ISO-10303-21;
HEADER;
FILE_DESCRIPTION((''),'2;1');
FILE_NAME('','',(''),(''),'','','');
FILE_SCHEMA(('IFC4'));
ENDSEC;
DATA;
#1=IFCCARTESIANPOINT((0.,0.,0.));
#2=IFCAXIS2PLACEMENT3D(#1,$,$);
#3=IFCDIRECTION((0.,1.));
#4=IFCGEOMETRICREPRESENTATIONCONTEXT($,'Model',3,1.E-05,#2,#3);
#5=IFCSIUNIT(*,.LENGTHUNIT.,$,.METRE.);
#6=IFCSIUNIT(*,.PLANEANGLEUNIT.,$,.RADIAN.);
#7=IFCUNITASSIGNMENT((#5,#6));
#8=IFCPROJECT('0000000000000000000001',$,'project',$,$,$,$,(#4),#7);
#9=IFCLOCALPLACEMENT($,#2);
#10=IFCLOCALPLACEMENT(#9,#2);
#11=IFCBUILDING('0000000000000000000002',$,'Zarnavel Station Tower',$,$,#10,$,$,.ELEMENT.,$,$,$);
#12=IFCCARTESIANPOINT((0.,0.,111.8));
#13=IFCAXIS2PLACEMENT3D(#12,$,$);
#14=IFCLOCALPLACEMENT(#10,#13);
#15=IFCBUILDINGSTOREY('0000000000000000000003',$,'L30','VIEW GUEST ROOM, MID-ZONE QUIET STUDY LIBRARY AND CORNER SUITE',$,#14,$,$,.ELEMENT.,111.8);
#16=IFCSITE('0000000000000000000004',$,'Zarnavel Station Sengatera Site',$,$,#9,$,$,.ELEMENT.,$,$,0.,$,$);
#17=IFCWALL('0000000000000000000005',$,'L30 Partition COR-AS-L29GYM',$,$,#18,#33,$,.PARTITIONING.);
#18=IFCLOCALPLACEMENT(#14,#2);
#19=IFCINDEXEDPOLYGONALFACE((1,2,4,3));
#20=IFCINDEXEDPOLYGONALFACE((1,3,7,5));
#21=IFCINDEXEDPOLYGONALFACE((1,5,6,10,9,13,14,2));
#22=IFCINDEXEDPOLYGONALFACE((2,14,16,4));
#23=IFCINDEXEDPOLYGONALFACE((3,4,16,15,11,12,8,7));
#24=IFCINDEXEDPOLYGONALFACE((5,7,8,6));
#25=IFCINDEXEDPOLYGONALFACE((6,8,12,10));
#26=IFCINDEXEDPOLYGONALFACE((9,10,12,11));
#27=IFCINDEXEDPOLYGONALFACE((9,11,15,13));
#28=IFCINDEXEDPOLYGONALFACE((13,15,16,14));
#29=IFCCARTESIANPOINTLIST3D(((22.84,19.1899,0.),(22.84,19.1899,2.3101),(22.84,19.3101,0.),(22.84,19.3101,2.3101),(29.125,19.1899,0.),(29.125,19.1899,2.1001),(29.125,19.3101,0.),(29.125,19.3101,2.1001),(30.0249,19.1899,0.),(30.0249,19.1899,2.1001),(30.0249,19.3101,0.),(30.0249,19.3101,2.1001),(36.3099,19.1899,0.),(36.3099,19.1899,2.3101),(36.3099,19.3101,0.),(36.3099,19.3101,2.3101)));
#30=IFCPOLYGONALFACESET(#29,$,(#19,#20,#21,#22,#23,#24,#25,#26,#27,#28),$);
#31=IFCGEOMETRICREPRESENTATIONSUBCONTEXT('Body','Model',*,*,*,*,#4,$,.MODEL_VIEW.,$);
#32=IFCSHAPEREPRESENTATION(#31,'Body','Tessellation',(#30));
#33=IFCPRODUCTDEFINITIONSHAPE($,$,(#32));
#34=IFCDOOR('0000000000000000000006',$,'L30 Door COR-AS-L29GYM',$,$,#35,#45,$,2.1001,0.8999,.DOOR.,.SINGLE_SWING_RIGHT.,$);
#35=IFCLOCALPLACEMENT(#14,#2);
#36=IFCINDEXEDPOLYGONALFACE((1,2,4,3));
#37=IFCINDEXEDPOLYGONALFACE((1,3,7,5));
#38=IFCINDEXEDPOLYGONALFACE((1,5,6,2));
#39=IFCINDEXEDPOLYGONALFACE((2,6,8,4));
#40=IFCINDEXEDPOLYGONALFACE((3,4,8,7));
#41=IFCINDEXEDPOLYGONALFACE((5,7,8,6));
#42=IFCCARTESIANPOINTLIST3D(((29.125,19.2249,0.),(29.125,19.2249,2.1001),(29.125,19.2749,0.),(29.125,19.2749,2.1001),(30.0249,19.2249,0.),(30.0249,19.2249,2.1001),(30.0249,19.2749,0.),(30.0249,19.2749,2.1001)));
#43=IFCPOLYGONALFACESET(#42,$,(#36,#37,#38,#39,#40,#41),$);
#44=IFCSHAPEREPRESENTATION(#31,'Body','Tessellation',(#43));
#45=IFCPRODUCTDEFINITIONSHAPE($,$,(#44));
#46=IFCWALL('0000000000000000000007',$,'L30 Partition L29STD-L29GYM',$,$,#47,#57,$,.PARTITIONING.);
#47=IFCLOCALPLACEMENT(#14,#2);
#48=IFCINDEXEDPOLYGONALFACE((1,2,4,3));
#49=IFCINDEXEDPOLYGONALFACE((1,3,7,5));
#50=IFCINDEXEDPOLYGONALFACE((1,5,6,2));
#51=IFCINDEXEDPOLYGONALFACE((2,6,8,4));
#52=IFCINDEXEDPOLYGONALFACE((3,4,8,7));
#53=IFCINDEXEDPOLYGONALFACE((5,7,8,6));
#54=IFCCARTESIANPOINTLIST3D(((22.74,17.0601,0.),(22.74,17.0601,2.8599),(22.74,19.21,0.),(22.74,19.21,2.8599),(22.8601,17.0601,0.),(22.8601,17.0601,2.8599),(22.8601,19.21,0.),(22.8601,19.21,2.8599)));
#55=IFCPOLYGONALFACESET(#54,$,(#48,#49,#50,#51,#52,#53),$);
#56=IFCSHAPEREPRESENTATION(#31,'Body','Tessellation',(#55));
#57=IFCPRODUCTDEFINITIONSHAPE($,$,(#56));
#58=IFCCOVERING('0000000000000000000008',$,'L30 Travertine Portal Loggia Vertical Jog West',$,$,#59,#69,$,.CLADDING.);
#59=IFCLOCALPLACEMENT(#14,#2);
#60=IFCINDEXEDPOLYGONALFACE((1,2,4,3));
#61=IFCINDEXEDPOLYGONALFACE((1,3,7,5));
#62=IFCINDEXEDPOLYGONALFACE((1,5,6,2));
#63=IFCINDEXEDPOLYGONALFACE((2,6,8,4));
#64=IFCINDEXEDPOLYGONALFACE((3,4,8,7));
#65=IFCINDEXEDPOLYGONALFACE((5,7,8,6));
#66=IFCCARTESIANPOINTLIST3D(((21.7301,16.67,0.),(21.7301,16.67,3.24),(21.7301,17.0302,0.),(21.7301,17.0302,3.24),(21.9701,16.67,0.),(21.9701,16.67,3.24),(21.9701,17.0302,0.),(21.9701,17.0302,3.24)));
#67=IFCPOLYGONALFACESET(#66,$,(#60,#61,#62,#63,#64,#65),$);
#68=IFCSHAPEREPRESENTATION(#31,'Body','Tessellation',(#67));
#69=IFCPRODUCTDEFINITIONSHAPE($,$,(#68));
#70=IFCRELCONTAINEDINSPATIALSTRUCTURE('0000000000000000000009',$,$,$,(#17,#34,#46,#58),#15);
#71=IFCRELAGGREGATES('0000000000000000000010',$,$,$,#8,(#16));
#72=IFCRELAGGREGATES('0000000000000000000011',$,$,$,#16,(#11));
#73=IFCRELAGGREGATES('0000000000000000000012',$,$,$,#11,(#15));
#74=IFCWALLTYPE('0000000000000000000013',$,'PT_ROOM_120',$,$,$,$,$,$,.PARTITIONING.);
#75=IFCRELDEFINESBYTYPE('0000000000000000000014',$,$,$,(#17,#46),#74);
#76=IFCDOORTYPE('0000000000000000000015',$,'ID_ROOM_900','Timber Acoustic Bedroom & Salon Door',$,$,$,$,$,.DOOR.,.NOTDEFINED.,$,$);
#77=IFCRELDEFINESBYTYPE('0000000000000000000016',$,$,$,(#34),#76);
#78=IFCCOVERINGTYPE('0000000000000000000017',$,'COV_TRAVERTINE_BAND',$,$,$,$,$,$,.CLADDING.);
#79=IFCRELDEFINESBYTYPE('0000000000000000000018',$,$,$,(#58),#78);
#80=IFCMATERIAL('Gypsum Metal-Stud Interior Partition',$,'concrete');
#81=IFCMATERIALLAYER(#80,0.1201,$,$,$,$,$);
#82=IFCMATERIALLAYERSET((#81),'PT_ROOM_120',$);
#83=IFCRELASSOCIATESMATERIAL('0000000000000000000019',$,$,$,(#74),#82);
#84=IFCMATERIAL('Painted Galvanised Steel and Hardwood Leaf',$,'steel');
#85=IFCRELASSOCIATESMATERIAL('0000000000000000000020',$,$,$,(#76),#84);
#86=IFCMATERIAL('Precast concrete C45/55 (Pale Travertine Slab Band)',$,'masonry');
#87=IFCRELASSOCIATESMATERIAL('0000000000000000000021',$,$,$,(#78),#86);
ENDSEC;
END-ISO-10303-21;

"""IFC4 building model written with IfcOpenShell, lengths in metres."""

from ifc_helpers import new_model, si_unit, direction, frame, frame_2d, origin, origin_2d, place, context, subcontext, project, spatial, rectangle, extrude, material, layer, layer_set, type_object, element, fill, save


model = new_model("IFC4")

# Units and contexts
model_context = context("Model", 3, precision=1e-05, world=origin(), true_north=direction((0.0, 1.0)))
body_context = subcontext(model_context, "Body", "Model", "MODEL_VIEW")
ifc_project = project(units=[si_unit("LENGTHUNIT", "METRE"), si_unit("PLANEANGLEUNIT", "RADIAN")], contexts=[model_context])

# Site, building, storey
site_placement = place(None, origin())
site = spatial("IfcSite", under=ifc_project, at=site_placement, Name="Zarnavel Station Sengatera Site", CompositionType="ELEMENT", RefElevation=0.0)
building_placement = place(site_placement, origin())
building = spatial("IfcBuilding", under=site, at=building_placement, Name="Zarnavel Station Tower", CompositionType="ELEMENT")
storey_placement = place(building_placement, frame((0.0, 0.0, 111.8)))
storey = spatial("IfcBuildingStorey", under=building, at=storey_placement, Name="L30", Description="VIEW GUEST ROOM, MID-ZONE QUIET STUDY LIBRARY AND CORNER SUITE", CompositionType="ELEMENT", Elevation=111.8)

# Wall, opening, door
ifc_material_1 = material(Name="Gypsum Metal-Stud Interior Partition", Category="concrete")
ifc_layer_1 = layer(ifc_material_1, 0.1201)
ifc_layer_set_1 = layer_set([ifc_layer_1], Name="PT_ROOM_120")
wall_type_1 = type_object("IfcWallType", Name="PT_ROOM_120", PredefinedType="PARTITIONING", material=ifc_layer_set_1)
ifc_material_2 = material(Name="Painted Galvanised Steel and Hardwood Leaf", Category="steel")
door_type = type_object("IfcDoorType", Name="ID_ROOM_900", Description="Timber Acoustic Bedroom & Salon Door", OperationType="NOTDEFINED", PredefinedType="DOOR", material=ifc_material_2)
wall_1_placement = place(storey_placement, frame((22.8401, 19.25, 0.0), z_axis=(0.0, 0.0, 1.0), x_axis=(1.0, 0.0, 0.0)))
wall_1 = element("IfcWall", 1, at=wall_1_placement, inside=storey, type_object=wall_type_1, Name="L30 Partition COR-AS-L29GYM", PredefinedType="PARTITIONING", context=body_context, shape_type="SweptSolid", body=[
    extrude(rectangle(XDim=13.47, YDim=0.1201, at=frame_2d((6.7349, 0.0))), origin(), (0.0, 0.0, 1.0), 2.3101),
])
opening_1_placement = place(wall_1_placement, frame((6.2849, 0.0, 0.0)))
opening_1 = element("IfcOpeningElement", 2, at=opening_1_placement, cuts=wall_1, PredefinedType="OPENING", context=body_context, shape_type="SweptSolid", body=[
    extrude(rectangle(XDim=0.8999, YDim=2.1001, at=frame_2d((0.45, 1.05))), frame((0.0, 0.0701, 0.0), z_axis=(0.0, -1.0, 0.0), x_axis=(1.0, 0.0, 0.0)), (0.0, 0.0, 1.0), 0.1401),
])
door_1_placement = place(opening_1_placement, origin())
door_1 = element("IfcDoor", 3, at=door_1_placement, inside=storey, type_object=door_type, Name="L30 Door COR-AS-L29GYM", OperationType="SINGLE_SWING_RIGHT", OverallHeight=2.1001, OverallWidth=0.8999, PredefinedType="DOOR", context=body_context, shape_type="SweptSolid", body=[
    extrude(rectangle(XDim=0.8999, YDim=2.1001, at=frame_2d((0.45, 1.05))), frame((0.0, 0.0249, 0.0), z_axis=(0.0, -1.0, 0.0), x_axis=(1.0, 0.0, 0.0)), (0.0, 0.0, 1.0), 0.05),
])
fill(opening_1, door_1)

# Wall
wall_2_placement = place(storey_placement, frame((22.8, 17.0601, 0.0), z_axis=(0.0, 0.0, 1.0), x_axis=(0.0, 1.0, 0.0)))
element("IfcWall", 4, at=wall_2_placement, inside=storey, type_object=wall_type_1, Name="L30 Partition L29STD-L29GYM", PredefinedType="PARTITIONING", context=body_context, shape_type="SweptSolid", body=[
    extrude(rectangle(XDim=2.1499, YDim=0.1201, at=frame_2d((1.075, 0.0))), origin(), (0.0, 0.0, 1.0), 2.8599),
])

# Covering
ifc_material_3 = material(Name="Precast concrete C45/55 (Pale Travertine Slab Band)", Category="masonry")
covering_type = type_object("IfcCoveringType", Name="COV_TRAVERTINE_BAND", PredefinedType="CLADDING", material=ifc_material_3)
covering_placement = place(storey_placement, frame((21.8501, 16.8501, 0.0), z_axis=(0.0, 0.0, 1.0), x_axis=(1.0, 0.0, 0.0)))
element("IfcCovering", 5, at=covering_placement, inside=storey, type_object=covering_type, Name="L30 Travertine Portal Loggia Vertical Jog West", PredefinedType="CLADDING", context=body_context, shape_type="SweptSolid", body=[
    extrude(rectangle(XDim=0.24, YDim=0.3601, at=origin_2d()), origin(), (0.0, 0.0, 1.0), 3.24),
])

save(model, "model.ifc")
